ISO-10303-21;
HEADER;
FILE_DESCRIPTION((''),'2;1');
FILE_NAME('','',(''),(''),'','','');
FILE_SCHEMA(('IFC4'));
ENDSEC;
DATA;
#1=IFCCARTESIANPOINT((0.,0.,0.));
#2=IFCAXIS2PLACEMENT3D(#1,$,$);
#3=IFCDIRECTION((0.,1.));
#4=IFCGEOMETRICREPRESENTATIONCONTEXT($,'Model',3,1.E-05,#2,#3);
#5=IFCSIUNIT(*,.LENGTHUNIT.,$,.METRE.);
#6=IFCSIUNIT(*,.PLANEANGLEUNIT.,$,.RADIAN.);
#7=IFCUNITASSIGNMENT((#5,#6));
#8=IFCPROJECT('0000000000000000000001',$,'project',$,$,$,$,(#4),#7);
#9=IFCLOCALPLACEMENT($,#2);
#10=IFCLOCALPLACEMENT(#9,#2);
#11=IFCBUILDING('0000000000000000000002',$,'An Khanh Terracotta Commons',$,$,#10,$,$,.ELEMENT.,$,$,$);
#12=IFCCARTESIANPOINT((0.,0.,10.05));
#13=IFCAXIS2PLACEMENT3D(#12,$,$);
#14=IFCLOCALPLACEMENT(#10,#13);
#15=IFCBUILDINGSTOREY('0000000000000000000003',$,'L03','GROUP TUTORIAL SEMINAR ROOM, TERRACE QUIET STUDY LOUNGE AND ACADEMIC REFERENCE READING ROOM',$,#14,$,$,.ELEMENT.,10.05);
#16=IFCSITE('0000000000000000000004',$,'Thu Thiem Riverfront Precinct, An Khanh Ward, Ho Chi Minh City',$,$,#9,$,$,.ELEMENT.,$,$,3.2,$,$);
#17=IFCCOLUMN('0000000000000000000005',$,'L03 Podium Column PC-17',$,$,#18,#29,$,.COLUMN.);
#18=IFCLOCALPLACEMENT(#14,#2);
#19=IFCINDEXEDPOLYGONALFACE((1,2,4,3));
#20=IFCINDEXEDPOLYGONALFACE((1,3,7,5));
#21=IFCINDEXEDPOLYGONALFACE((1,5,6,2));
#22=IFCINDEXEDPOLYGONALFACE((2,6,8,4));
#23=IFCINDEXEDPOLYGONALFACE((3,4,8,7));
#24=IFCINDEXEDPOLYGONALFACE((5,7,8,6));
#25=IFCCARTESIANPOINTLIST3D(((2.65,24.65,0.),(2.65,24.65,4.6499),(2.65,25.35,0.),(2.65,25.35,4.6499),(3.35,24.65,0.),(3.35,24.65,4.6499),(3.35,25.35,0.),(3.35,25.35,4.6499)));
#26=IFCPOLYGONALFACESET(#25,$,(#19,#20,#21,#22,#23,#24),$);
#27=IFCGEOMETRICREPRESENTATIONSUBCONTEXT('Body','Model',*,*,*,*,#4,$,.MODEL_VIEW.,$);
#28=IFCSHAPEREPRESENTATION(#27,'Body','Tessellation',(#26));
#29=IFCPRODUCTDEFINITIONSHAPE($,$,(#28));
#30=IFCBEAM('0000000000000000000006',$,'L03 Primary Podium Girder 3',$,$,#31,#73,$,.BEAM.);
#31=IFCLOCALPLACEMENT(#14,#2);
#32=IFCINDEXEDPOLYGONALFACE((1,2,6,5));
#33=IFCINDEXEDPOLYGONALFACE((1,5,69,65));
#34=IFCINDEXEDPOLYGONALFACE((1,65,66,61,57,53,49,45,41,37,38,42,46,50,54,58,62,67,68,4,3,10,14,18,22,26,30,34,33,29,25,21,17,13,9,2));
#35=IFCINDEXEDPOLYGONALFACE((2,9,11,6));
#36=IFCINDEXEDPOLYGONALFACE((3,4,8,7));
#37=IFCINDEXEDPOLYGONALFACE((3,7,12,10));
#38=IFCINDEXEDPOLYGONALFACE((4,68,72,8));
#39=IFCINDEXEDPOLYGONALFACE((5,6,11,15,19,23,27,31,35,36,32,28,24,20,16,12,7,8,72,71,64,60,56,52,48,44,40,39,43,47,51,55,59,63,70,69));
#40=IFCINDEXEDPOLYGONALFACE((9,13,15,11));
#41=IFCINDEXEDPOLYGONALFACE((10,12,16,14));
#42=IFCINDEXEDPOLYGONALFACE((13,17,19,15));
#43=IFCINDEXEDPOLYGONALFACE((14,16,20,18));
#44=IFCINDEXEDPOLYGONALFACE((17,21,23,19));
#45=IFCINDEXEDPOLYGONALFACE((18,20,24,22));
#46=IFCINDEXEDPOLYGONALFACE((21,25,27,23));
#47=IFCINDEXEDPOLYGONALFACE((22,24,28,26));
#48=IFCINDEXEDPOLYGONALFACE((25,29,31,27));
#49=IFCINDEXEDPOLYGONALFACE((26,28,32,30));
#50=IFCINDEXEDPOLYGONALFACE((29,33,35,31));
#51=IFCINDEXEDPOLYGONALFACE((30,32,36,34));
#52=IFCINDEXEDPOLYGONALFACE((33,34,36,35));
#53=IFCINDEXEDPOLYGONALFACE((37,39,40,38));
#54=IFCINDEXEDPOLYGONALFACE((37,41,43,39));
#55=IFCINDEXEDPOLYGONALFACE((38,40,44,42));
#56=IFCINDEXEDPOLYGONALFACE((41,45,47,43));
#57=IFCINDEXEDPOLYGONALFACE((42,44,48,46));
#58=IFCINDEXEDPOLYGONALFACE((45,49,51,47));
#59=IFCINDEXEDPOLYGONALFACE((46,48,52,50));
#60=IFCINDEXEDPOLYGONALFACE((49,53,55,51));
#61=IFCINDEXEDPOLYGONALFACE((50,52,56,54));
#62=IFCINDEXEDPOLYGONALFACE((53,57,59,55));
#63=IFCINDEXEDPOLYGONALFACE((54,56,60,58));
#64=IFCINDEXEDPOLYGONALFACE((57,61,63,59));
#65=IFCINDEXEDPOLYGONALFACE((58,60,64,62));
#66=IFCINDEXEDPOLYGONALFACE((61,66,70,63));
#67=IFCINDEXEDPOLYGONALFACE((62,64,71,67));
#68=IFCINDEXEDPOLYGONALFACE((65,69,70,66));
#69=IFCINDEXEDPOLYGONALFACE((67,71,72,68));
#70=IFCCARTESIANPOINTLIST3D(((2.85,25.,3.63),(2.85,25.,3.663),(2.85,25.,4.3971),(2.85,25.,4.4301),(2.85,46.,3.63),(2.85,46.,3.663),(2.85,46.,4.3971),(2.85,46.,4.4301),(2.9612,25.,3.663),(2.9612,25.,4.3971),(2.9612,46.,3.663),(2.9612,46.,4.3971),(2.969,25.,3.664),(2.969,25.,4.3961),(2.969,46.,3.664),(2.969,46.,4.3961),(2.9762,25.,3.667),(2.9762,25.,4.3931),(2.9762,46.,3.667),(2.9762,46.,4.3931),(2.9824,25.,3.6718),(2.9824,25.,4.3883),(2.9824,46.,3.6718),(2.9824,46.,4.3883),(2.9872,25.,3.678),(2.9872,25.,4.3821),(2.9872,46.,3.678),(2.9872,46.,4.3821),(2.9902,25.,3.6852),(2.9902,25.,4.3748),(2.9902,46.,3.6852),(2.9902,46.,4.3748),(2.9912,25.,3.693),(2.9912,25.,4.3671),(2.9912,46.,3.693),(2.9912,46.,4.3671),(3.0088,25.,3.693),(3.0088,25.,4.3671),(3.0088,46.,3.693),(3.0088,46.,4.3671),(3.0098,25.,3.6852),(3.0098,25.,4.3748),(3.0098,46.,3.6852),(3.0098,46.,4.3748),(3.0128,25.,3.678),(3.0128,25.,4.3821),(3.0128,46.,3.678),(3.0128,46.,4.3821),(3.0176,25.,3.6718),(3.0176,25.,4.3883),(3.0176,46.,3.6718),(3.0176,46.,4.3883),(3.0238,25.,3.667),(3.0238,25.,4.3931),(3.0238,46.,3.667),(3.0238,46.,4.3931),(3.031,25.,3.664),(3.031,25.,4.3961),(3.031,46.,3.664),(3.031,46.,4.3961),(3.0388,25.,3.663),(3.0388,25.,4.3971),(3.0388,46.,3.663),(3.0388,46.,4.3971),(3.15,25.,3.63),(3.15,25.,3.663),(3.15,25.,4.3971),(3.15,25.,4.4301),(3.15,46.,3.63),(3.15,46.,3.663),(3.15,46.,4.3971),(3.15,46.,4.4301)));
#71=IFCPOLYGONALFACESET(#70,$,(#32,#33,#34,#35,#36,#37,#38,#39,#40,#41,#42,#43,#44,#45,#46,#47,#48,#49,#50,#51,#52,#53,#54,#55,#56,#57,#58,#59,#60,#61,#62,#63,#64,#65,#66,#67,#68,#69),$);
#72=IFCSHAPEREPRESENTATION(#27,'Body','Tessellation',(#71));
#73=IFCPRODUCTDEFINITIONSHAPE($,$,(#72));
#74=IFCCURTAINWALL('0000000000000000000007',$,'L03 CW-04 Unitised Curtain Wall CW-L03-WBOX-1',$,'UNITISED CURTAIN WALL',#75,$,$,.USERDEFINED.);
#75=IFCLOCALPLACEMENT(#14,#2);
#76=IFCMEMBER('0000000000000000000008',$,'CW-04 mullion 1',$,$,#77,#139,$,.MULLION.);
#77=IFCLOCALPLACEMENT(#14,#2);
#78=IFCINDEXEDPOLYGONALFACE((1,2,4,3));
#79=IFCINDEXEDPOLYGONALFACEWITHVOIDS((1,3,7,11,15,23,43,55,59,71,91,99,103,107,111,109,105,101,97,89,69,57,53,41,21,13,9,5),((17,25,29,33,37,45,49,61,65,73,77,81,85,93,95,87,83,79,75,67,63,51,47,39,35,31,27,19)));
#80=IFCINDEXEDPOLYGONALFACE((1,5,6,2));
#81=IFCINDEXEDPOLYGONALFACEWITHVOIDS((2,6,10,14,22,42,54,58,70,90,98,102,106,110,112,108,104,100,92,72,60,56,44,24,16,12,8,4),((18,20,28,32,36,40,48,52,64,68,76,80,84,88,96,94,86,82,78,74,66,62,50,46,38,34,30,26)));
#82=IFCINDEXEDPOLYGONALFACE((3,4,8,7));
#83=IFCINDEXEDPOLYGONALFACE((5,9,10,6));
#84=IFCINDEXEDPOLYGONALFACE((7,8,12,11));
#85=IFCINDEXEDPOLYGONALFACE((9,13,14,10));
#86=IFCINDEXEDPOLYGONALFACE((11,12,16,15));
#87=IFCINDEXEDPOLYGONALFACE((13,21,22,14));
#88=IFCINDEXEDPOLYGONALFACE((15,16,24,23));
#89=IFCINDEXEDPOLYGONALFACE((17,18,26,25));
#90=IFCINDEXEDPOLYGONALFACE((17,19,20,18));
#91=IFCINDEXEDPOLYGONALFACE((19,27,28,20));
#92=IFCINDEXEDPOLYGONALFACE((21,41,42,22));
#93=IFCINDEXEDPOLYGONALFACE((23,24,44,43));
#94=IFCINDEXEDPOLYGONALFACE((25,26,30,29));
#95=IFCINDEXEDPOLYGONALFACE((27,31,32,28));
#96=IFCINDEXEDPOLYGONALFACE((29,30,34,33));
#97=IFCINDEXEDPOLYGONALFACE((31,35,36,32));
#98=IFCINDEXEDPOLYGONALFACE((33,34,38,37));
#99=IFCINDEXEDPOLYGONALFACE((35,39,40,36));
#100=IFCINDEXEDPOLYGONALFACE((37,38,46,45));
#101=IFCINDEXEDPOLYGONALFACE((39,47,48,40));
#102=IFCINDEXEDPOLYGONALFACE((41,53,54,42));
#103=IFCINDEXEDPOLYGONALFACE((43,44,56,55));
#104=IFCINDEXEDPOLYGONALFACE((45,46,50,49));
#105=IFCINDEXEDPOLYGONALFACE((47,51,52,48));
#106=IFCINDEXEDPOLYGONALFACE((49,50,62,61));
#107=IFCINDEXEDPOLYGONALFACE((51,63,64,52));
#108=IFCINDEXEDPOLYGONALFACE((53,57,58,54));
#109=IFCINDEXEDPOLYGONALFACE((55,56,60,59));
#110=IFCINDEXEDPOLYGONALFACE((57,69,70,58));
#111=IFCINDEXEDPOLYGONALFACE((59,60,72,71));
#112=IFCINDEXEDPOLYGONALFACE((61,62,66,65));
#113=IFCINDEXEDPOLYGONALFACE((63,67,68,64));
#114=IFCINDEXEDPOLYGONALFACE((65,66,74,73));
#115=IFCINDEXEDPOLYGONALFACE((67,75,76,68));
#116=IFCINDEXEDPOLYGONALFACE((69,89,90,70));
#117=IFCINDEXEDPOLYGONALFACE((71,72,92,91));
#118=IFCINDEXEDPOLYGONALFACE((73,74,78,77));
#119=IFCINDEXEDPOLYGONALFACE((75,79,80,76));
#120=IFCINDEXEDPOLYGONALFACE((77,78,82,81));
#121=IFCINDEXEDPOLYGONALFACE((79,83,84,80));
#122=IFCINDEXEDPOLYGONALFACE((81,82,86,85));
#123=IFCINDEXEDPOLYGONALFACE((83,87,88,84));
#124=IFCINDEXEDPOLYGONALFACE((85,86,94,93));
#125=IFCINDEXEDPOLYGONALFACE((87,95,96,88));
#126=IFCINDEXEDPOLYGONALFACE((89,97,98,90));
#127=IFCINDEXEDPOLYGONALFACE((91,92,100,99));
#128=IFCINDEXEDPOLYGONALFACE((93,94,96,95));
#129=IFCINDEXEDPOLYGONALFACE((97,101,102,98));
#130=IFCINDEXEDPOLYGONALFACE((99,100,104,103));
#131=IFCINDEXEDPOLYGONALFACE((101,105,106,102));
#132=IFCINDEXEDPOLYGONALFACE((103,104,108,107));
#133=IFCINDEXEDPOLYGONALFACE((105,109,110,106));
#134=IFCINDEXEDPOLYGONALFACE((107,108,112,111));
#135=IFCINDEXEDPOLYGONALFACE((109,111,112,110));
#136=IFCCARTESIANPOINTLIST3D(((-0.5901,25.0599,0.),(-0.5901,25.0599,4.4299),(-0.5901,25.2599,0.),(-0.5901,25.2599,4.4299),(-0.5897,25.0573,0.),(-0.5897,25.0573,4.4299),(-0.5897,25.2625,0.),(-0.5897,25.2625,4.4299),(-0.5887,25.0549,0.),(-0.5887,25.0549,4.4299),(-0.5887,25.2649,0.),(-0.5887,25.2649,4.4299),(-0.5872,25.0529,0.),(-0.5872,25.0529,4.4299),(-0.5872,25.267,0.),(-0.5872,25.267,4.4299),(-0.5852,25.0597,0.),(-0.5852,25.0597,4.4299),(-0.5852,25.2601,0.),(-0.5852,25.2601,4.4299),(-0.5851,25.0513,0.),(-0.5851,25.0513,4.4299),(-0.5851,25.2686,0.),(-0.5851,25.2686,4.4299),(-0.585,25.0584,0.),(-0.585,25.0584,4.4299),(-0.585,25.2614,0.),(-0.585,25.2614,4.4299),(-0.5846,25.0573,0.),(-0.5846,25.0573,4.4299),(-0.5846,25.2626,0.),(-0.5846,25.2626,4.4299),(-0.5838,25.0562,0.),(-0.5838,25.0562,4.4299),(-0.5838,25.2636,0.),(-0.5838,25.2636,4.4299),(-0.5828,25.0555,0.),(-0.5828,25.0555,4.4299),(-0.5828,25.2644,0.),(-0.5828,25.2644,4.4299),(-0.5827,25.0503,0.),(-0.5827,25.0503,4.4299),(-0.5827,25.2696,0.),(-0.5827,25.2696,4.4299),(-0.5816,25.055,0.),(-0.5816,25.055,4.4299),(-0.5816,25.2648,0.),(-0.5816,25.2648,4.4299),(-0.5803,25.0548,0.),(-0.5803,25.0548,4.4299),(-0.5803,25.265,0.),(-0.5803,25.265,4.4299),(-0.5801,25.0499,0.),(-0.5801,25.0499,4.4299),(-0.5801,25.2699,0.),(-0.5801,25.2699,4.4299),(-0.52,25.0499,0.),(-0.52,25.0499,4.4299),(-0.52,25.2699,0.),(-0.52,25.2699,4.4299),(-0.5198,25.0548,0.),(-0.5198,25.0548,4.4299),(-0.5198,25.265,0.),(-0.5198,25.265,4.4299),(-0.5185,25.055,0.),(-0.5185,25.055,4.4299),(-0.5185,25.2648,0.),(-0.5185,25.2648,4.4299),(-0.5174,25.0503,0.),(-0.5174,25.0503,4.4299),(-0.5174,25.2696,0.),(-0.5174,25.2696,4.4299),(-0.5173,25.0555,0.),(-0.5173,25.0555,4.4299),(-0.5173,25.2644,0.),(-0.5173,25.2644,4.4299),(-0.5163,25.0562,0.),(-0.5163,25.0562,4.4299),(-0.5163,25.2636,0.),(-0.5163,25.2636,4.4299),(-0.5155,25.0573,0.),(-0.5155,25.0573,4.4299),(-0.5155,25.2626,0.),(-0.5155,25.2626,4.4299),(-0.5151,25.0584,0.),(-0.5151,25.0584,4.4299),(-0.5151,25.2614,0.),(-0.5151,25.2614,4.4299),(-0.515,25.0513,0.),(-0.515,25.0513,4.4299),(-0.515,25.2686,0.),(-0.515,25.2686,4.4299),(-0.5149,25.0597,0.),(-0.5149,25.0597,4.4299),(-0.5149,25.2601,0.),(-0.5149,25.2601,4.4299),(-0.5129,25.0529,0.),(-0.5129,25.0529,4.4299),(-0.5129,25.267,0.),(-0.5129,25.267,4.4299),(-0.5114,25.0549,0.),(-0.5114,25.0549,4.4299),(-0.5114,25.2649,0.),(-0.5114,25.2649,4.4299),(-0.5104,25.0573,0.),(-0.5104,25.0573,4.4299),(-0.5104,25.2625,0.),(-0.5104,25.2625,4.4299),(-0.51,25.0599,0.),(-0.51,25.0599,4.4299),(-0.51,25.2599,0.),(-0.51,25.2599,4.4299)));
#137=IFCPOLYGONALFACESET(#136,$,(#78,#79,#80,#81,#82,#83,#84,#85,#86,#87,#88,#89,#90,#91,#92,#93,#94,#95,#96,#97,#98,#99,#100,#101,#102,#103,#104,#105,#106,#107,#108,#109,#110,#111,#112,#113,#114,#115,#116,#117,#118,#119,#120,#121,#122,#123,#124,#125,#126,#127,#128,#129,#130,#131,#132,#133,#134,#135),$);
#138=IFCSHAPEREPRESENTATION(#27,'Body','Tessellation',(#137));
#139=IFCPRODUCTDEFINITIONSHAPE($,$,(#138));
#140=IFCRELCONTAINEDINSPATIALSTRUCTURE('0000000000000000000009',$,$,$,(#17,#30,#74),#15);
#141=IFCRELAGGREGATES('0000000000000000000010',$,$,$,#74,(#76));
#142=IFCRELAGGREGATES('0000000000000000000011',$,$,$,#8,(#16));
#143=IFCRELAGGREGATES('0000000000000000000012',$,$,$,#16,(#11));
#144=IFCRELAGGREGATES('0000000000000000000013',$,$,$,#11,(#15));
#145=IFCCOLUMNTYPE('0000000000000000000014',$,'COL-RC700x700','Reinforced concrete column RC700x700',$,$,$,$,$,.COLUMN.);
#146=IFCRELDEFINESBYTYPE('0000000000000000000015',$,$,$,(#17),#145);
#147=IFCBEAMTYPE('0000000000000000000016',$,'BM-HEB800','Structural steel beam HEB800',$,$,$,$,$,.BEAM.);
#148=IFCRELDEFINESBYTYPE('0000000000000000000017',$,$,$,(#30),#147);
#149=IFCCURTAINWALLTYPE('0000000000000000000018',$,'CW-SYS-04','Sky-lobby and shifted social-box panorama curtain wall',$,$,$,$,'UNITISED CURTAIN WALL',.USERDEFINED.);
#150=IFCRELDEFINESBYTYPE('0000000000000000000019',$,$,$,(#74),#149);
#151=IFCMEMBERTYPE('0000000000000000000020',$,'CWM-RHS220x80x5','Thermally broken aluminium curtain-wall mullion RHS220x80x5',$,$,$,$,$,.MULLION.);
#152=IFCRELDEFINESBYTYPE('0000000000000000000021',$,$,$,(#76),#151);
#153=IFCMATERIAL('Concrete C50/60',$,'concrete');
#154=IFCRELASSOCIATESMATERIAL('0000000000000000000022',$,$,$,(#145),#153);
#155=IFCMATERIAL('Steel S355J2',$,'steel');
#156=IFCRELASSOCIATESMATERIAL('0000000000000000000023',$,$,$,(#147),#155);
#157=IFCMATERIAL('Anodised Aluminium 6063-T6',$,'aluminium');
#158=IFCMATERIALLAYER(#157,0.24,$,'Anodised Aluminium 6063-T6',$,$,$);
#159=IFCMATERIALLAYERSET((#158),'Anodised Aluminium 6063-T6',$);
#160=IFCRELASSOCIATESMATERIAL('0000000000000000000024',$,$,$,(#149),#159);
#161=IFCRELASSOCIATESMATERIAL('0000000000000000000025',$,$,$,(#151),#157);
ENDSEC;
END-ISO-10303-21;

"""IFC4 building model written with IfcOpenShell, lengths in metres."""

from ifc_helpers import new_model, si_unit, direction, frame, origin, origin_2d, place, context, subcontext, project, spatial, rectangle, hollow_rectangle, i_section, extrude, material, layer, layer_set, material_profile, profile_set, type_object, element, aggregate, save


model = new_model("IFC4")

# Units and contexts
model_context = context("Model", 3, precision=1e-05, world=origin(), true_north=direction((0.0, 1.0)))
body_context = subcontext(model_context, "Body", "Model", "MODEL_VIEW")
ifc_project = project(units=[si_unit("LENGTHUNIT", "METRE"), si_unit("PLANEANGLEUNIT", "RADIAN")], contexts=[model_context])

# Site, building, storey
site_placement = place(None, origin())
site = spatial("IfcSite", under=ifc_project, at=site_placement, Name="Thu Thiem Riverfront Precinct, An Khanh Ward, Ho Chi Minh City", CompositionType="ELEMENT", RefElevation=3.2)
building_placement = place(site_placement, origin())
building = spatial("IfcBuilding", under=site, at=building_placement, Name="An Khanh Terracotta Commons", CompositionType="ELEMENT")
storey_placement = place(building_placement, frame((0.0, 0.0, 10.05)))
storey = spatial("IfcBuildingStorey", under=building, at=storey_placement, Name="L03", Description="GROUP TUTORIAL SEMINAR ROOM, TERRACE QUIET STUDY LOUNGE AND ACADEMIC REFERENCE READING ROOM", CompositionType="ELEMENT", Elevation=10.05)

# Column
ifc_material_1 = material(Name="Concrete C50/60", Category="concrete")
ifc_material_profile_1 = material_profile(ifc_material_1, rectangle(XDim=0.7, YDim=0.7, at=origin_2d()), Name="RC700x700")
ifc_profile_set_1 = profile_set([ifc_material_profile_1], Name="Concrete C50/60")
column_type = type_object("IfcColumnType", Name="COL-RC700x700", Description="Reinforced concrete column RC700x700", PredefinedType="COLUMN", material=ifc_profile_set_1)
column_placement = place(storey_placement, frame((3.0, 25.0, 0.0), z_axis=(0.0, 0.0, 1.0), x_axis=(1.0, 0.0, 0.0)))
element("IfcColumn", 1, at=column_placement, inside=storey, type_object=column_type, Name="L03 Podium Column PC-17", PredefinedType="COLUMN", context=body_context, shape_type="SweptSolid", body=[
    extrude(rectangle(XDim=0.7, YDim=0.7, at=origin_2d()), origin(), (0.0, 0.0, 1.0), 4.6499),
])

# Beam
ifc_material_2 = material(Name="Steel S355J2", Category="steel")
ifc_material_profile_2 = material_profile(ifc_material_2, i_section(OverallWidth=0.3, OverallDepth=0.8, WebThickness=0.0176, FlangeThickness=0.033, FilletRadius=0.03, at=origin_2d()), Name="HEB800")
ifc_profile_set_2 = profile_set([ifc_material_profile_2], Name="Steel S355J2")
beam_type = type_object("IfcBeamType", Name="BM-HEB800", Description="Structural steel beam HEB800", PredefinedType="BEAM", material=ifc_profile_set_2)
beam_placement = place(storey_placement, frame((3.0, 25.0, 4.03), z_axis=(0.0, 1.0, 0.0), x_axis=(-1.0, 0.0, 0.0)))
element("IfcBeam", 2, at=beam_placement, inside=storey, type_object=beam_type, Name="L03 Primary Podium Girder 3", PredefinedType="BEAM", context=body_context, shape_type="SweptSolid", body=[
    extrude(i_section(OverallWidth=0.3, OverallDepth=0.8, WebThickness=0.0176, FlangeThickness=0.033, FilletRadius=0.03, at=origin_2d()), origin(), (0.0, 0.0, 1.0), 21.0),
])

# Curtain wall, member
ifc_material_3 = material(Name="Anodised Aluminium 6063-T6", Category="aluminium")
ifc_layer_1 = layer(ifc_material_3, 0.24, Name="Anodised Aluminium 6063-T6")
ifc_layer_set_1 = layer_set([ifc_layer_1], Name="Anodised Aluminium 6063-T6")
curtain_wall_type = type_object("IfcCurtainWallType", Name="CW-SYS-04", Description="Sky-lobby and shifted social-box panorama curtain wall", ElementType="UNITISED CURTAIN WALL", PredefinedType="USERDEFINED", material=ifc_layer_set_1)
curtain_wall_placement = place(storey_placement, origin())
curtain_wall = element("IfcCurtainWall", 3, at=curtain_wall_placement, inside=storey, type_object=curtain_wall_type, Name="L03 CW-04 Unitised Curtain Wall CW-L03-WBOX-1", ObjectType="UNITISED CURTAIN WALL", PredefinedType="USERDEFINED")
ifc_material_profile_3 = material_profile(ifc_material_3, hollow_rectangle(XDim=0.0801, YDim=0.22, WallThickness=0.0049, InnerFilletRadius=0.0049, OuterFilletRadius=0.01, at=origin_2d()), Name="RHS220x80x5")
ifc_profile_set_3 = profile_set([ifc_material_profile_3], Name="Anodised Aluminium 6063-T6")
member_type_1 = type_object("IfcMemberType", Name="CWM-RHS220x80x5", Description="Thermally broken aluminium curtain-wall mullion RHS220x80x5", PredefinedType="MULLION", material=ifc_profile_set_3)
member_1_placement = place(storey_placement, frame((-0.55, 25.1599, 0.0), z_axis=(0.0, 0.0, 1.0), x_axis=(1.0, 0.0, 0.0)))
member_1 = element("IfcMember", 4, at=member_1_placement, type_object=member_type_1, Name="CW-04 mullion 1", PredefinedType="MULLION", context=body_context, shape_type="SweptSolid", body=[
    extrude(hollow_rectangle(XDim=0.0801, YDim=0.22, WallThickness=0.0049, InnerFilletRadius=0.0049, OuterFilletRadius=0.01, at=origin_2d()), origin(), (0.0, 0.0, 1.0), 4.4299),
])
aggregate(curtain_wall, [member_1])

save(model, "model.ifc")
